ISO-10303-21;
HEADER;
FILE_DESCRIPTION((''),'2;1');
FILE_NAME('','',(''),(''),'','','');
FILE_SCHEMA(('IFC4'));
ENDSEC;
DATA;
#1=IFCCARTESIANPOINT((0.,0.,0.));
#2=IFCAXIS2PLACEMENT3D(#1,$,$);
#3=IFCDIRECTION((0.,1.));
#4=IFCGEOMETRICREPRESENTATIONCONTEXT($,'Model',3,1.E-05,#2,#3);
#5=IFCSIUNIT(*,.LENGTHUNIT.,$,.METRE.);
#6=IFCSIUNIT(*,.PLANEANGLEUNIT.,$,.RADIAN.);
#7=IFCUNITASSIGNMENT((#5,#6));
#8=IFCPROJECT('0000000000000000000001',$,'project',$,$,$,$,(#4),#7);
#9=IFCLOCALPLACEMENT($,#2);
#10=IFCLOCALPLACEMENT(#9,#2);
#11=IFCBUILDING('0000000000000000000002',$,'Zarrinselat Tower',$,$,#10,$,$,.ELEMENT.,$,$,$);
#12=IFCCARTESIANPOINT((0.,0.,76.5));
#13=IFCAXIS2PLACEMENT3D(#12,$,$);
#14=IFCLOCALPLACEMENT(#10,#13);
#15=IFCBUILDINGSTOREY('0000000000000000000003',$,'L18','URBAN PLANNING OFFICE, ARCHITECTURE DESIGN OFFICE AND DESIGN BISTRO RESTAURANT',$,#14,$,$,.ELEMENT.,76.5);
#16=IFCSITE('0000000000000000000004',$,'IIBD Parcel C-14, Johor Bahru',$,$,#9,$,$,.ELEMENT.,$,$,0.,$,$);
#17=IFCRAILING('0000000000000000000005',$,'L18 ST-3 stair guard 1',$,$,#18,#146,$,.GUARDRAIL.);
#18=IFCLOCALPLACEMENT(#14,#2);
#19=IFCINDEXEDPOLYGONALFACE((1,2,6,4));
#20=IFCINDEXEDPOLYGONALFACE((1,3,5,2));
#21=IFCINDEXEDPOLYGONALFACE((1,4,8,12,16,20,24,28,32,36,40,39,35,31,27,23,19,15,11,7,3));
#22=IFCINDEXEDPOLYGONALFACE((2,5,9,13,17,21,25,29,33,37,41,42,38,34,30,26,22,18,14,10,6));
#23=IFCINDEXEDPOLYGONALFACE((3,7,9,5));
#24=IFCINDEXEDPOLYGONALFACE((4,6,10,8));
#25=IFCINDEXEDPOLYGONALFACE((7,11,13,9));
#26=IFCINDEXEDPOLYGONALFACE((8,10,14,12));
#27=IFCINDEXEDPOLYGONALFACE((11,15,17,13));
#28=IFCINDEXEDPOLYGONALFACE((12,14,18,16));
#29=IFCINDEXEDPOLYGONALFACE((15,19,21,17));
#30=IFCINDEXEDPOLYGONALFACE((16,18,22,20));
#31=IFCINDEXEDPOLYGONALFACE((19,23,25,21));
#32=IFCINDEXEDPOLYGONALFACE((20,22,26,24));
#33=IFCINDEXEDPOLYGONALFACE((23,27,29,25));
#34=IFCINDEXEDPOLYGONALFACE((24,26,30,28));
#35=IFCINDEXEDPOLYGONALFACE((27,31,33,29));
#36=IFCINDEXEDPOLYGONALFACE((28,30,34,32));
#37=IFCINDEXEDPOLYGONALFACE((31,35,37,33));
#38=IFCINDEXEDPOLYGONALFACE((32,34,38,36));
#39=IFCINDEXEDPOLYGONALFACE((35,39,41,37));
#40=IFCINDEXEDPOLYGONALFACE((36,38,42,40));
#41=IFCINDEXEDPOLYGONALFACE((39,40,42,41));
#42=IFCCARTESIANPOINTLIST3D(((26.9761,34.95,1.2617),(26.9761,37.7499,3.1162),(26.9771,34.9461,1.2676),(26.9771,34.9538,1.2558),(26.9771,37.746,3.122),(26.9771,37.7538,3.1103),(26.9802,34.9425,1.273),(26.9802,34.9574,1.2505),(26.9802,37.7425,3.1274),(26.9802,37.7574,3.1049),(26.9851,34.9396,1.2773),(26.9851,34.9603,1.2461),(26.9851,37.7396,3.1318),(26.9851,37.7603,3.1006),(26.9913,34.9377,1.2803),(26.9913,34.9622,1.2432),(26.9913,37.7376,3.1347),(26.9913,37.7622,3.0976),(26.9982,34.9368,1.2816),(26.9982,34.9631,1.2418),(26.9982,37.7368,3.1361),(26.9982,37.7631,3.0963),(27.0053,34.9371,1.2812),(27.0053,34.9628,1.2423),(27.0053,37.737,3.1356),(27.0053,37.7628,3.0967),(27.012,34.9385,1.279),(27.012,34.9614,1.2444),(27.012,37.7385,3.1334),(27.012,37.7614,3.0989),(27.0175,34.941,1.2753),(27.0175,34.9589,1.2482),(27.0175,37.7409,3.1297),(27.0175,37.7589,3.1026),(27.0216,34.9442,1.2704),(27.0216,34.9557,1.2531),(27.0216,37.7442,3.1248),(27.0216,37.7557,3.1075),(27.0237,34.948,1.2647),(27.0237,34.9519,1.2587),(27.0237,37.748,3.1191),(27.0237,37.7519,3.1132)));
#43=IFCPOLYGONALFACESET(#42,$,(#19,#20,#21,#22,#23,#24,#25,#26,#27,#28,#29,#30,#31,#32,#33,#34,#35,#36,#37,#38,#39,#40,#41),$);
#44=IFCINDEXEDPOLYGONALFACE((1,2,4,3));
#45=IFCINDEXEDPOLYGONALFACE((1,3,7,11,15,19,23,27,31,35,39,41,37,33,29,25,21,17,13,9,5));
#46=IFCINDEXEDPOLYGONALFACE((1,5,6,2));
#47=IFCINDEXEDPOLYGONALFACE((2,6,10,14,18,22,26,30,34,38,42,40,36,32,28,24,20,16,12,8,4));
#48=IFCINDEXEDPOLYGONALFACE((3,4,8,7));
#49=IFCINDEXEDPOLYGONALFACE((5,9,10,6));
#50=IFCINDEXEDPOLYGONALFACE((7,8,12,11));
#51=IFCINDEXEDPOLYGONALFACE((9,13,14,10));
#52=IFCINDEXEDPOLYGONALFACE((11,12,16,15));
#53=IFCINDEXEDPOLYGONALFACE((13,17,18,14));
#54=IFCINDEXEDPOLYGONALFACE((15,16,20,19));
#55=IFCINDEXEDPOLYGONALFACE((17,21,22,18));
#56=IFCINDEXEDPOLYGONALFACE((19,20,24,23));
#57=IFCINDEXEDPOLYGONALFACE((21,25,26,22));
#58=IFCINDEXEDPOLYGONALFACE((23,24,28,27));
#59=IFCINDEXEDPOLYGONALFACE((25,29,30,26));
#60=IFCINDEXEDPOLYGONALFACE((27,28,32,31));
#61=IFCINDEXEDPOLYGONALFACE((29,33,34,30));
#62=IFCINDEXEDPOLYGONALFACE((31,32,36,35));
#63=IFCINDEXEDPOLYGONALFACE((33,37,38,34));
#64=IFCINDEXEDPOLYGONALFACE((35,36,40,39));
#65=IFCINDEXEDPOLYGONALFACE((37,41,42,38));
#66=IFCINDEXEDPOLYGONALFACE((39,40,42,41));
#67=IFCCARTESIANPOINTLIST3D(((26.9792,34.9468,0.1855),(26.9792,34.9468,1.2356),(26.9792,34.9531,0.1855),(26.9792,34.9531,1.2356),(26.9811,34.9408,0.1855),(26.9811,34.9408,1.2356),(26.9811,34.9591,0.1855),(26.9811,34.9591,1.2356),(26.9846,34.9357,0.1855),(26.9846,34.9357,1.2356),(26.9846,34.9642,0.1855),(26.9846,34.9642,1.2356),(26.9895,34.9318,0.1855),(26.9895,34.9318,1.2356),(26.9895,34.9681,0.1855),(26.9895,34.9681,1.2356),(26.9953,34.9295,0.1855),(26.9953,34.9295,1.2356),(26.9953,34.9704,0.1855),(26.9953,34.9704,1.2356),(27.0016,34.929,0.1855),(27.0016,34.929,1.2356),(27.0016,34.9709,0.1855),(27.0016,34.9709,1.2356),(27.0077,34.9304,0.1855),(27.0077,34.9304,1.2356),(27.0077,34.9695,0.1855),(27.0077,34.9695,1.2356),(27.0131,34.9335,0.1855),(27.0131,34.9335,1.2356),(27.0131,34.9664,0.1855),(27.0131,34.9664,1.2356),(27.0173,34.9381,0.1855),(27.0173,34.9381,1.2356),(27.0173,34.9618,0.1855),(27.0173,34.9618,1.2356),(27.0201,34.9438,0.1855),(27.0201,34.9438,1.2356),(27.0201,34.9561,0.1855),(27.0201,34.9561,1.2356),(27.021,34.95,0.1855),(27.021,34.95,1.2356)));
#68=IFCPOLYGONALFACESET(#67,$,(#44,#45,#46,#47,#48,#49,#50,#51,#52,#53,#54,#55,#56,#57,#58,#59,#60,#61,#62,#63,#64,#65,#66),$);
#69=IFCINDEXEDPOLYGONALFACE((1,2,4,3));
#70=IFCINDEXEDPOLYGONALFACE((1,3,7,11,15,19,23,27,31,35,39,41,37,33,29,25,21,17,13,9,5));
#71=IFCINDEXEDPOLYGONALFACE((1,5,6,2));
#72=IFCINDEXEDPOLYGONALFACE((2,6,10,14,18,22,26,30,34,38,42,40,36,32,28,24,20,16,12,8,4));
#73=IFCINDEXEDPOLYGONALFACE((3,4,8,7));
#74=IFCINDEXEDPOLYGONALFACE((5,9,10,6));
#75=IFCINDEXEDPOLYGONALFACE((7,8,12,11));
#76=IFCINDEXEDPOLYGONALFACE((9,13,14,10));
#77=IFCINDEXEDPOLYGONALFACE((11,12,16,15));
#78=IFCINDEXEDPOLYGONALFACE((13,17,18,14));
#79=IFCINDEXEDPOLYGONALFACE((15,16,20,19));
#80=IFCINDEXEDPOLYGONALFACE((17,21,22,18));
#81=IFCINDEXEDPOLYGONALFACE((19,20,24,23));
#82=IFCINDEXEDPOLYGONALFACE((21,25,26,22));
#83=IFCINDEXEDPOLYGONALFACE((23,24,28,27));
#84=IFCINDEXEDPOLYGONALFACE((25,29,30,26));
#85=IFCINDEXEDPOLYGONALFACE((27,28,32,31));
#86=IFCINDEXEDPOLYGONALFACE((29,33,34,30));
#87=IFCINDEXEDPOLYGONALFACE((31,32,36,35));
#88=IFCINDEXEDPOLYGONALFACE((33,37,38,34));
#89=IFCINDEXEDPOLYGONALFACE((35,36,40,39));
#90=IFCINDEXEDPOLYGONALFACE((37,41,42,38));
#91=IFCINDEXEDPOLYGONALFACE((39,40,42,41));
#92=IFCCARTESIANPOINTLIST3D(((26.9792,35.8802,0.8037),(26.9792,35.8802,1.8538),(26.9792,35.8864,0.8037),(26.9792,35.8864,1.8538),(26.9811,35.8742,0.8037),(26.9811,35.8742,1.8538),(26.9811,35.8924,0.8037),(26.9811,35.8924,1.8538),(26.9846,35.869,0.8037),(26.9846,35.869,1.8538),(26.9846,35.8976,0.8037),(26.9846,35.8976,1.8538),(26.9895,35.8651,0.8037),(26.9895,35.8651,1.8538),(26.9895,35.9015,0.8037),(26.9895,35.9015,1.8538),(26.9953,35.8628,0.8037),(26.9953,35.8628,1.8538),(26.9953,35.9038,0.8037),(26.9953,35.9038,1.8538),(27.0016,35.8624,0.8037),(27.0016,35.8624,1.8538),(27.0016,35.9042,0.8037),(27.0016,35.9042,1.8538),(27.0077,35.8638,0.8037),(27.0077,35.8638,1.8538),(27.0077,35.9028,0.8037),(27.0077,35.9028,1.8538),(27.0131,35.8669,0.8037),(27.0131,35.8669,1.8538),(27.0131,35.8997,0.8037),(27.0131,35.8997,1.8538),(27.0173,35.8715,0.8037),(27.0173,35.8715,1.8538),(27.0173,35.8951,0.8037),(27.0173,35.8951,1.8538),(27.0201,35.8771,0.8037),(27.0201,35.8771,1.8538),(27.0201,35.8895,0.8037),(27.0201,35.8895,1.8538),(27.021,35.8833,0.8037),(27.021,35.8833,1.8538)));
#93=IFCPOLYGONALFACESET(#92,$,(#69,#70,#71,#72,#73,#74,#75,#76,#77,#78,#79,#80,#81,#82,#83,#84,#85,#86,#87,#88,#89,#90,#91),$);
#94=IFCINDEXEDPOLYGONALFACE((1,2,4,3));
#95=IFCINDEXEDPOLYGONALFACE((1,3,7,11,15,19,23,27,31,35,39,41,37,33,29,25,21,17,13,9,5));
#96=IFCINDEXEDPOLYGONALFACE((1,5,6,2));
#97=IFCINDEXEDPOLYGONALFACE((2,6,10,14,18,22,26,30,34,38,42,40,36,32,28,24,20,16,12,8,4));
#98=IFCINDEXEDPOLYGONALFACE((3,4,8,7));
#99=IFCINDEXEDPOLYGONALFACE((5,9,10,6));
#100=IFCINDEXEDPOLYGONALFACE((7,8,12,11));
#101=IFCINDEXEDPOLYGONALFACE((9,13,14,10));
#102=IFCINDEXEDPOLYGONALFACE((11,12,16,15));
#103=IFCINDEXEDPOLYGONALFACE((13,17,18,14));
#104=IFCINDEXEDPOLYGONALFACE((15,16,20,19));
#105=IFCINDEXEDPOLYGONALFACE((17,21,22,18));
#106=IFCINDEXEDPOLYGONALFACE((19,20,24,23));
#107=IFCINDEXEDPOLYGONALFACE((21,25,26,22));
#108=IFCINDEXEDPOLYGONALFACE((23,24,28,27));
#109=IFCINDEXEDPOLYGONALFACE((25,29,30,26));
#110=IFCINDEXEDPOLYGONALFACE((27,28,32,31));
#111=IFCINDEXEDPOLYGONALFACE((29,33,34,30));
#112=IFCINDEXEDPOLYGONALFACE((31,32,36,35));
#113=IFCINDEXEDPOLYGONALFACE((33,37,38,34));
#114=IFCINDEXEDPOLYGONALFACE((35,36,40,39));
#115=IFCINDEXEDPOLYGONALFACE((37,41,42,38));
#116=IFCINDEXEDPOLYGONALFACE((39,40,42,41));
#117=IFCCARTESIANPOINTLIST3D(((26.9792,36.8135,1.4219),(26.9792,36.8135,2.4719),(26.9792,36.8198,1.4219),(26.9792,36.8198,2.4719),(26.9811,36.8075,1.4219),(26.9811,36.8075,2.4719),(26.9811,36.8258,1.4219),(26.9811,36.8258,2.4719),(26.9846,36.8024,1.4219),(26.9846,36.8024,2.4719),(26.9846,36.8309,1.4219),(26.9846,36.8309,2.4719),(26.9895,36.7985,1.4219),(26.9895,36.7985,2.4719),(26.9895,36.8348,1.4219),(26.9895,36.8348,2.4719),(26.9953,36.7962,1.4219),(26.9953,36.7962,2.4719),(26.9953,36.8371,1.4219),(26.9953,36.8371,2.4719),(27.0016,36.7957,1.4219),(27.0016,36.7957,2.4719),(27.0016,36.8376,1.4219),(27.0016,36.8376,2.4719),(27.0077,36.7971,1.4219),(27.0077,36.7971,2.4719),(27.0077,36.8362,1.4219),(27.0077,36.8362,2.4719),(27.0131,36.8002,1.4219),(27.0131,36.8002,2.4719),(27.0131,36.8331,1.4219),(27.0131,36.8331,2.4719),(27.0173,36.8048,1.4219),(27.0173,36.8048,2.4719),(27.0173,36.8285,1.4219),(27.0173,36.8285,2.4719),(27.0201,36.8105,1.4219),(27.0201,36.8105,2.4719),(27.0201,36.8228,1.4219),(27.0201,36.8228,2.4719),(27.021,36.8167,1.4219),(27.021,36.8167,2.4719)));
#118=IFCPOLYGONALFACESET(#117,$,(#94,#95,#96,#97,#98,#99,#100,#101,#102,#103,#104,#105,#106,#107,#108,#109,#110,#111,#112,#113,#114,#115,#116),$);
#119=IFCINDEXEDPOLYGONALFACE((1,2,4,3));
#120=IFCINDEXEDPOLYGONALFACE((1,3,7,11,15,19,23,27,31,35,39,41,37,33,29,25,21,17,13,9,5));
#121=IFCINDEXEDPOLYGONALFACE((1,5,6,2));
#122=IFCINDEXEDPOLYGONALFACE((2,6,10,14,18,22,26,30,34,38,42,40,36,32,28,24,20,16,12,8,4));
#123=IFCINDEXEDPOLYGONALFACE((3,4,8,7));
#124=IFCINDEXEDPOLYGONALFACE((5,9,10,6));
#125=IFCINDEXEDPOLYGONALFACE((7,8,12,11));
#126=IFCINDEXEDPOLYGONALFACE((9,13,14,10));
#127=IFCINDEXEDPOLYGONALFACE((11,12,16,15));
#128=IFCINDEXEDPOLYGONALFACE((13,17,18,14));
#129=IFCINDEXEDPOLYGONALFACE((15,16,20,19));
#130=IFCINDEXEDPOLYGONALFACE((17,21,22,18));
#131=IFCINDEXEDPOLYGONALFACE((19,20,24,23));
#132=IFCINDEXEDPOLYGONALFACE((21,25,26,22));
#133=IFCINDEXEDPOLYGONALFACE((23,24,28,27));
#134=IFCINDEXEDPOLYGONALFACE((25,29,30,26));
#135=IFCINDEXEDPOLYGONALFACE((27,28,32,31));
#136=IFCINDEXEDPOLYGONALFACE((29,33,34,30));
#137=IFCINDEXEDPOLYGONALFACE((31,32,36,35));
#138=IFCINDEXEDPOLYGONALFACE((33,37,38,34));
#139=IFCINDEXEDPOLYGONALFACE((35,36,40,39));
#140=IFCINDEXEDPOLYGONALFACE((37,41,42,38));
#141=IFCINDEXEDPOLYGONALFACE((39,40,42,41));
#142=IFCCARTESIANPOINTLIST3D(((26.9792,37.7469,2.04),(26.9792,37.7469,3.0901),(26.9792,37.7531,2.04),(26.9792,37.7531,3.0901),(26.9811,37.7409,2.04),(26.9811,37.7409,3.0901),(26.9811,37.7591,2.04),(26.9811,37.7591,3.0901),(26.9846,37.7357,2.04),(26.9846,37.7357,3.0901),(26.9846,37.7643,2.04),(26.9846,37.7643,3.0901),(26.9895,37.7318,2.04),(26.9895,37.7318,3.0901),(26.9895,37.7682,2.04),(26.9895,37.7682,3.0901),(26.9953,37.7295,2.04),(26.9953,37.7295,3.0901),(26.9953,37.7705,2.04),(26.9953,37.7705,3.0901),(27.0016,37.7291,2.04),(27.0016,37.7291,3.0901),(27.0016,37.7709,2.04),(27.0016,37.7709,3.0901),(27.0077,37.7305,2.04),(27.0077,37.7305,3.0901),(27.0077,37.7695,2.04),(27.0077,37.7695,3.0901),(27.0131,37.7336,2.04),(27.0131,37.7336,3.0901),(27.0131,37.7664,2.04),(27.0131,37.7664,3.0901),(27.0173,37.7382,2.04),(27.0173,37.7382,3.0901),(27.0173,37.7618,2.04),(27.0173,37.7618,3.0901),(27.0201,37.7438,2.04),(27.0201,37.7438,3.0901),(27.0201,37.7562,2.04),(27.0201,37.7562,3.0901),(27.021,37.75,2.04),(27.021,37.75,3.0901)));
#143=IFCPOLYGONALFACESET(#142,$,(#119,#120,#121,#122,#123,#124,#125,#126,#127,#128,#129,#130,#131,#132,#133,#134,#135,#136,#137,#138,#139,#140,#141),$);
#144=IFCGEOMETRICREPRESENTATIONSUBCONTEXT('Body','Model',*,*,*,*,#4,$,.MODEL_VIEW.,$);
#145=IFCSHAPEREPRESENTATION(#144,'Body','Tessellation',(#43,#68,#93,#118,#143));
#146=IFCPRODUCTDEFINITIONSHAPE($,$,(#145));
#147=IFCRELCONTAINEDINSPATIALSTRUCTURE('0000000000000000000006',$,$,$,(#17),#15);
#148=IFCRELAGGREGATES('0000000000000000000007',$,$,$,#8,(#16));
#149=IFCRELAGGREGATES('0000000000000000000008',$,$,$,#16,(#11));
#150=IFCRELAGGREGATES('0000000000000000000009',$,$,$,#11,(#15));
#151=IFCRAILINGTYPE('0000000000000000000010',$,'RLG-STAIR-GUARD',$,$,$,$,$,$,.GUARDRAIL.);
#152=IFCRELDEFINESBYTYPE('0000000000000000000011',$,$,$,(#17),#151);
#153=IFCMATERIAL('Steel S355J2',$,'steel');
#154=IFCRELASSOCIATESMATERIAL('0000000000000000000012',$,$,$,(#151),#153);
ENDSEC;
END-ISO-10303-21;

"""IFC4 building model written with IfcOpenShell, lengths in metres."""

from ifc_helpers import new_model, si_unit, direction, frame, origin, origin_2d, place, context, subcontext, project, spatial, circle, extrude, material, type_object, element, save


model = new_model("IFC4")

# Units and contexts
model_context = context("Model", 3, precision=1e-05, world=origin(), true_north=direction((0.0, 1.0)))
body_context = subcontext(model_context, "Body", "Model", "MODEL_VIEW")
ifc_project = project(units=[si_unit("LENGTHUNIT", "METRE"), si_unit("PLANEANGLEUNIT", "RADIAN")], contexts=[model_context])

# Site, building, storey
site_placement = place(None, origin())
site = spatial("IfcSite", under=ifc_project, at=site_placement, Name="IIBD Parcel C-14, Johor Bahru", CompositionType="ELEMENT", RefElevation=0.0)
building_placement = place(site_placement, origin())
building = spatial("IfcBuilding", under=site, at=building_placement, Name="Zarrinselat Tower", CompositionType="ELEMENT")
storey_placement = place(building_placement, frame((0.0, 0.0, 76.5)))
storey = spatial("IfcBuildingStorey", under=building, at=storey_placement, Name="L18", Description="URBAN PLANNING OFFICE, ARCHITECTURE DESIGN OFFICE AND DESIGN BISTRO RESTAURANT", CompositionType="ELEMENT", Elevation=76.5)

# Railing
ifc_material_1 = material(Name="Steel S355J2", Category="steel")
railing_type = type_object("IfcRailingType", Name="RLG-STAIR-GUARD", PredefinedType="GUARDRAIL", material=ifc_material_1)
railing_1_placement = place(storey_placement, frame((27.0, 34.95, 0.1855)))
element("IfcRailing", 1, at=railing_1_placement, inside=storey, type_object=railing_type, Name="L18 ST-3 stair guard 1", PredefinedType="GUARDRAIL", context=body_context, shape_type="SweptSolid", body=[
    extrude(circle(Radius=0.0239, at=origin_2d()), frame((0.0, 0.0, 1.0762), z_axis=(0.0, 0.833724, 0.552181), x_axis=(-1.0, 0.0, 0.0)), (0.0, 0.0, 1.0), 3.3584),
    extrude(circle(Radius=0.021, at=origin_2d()), origin(), (0.0, 0.0, 1.0), 1.05),
    extrude(circle(Radius=0.021, at=origin_2d()), frame((0.0, 0.9333, 0.6182)), (0.0, 0.0, 1.0), 1.05),
    extrude(circle(Radius=0.021, at=origin_2d()), frame((0.0, 1.8667, 1.2363)), (0.0, 0.0, 1.0), 1.05),
    extrude(circle(Radius=0.021, at=origin_2d()), frame((0.0, 2.8, 1.8545)), (0.0, 0.0, 1.0), 1.05),
])

save(model, "model.ifc")
